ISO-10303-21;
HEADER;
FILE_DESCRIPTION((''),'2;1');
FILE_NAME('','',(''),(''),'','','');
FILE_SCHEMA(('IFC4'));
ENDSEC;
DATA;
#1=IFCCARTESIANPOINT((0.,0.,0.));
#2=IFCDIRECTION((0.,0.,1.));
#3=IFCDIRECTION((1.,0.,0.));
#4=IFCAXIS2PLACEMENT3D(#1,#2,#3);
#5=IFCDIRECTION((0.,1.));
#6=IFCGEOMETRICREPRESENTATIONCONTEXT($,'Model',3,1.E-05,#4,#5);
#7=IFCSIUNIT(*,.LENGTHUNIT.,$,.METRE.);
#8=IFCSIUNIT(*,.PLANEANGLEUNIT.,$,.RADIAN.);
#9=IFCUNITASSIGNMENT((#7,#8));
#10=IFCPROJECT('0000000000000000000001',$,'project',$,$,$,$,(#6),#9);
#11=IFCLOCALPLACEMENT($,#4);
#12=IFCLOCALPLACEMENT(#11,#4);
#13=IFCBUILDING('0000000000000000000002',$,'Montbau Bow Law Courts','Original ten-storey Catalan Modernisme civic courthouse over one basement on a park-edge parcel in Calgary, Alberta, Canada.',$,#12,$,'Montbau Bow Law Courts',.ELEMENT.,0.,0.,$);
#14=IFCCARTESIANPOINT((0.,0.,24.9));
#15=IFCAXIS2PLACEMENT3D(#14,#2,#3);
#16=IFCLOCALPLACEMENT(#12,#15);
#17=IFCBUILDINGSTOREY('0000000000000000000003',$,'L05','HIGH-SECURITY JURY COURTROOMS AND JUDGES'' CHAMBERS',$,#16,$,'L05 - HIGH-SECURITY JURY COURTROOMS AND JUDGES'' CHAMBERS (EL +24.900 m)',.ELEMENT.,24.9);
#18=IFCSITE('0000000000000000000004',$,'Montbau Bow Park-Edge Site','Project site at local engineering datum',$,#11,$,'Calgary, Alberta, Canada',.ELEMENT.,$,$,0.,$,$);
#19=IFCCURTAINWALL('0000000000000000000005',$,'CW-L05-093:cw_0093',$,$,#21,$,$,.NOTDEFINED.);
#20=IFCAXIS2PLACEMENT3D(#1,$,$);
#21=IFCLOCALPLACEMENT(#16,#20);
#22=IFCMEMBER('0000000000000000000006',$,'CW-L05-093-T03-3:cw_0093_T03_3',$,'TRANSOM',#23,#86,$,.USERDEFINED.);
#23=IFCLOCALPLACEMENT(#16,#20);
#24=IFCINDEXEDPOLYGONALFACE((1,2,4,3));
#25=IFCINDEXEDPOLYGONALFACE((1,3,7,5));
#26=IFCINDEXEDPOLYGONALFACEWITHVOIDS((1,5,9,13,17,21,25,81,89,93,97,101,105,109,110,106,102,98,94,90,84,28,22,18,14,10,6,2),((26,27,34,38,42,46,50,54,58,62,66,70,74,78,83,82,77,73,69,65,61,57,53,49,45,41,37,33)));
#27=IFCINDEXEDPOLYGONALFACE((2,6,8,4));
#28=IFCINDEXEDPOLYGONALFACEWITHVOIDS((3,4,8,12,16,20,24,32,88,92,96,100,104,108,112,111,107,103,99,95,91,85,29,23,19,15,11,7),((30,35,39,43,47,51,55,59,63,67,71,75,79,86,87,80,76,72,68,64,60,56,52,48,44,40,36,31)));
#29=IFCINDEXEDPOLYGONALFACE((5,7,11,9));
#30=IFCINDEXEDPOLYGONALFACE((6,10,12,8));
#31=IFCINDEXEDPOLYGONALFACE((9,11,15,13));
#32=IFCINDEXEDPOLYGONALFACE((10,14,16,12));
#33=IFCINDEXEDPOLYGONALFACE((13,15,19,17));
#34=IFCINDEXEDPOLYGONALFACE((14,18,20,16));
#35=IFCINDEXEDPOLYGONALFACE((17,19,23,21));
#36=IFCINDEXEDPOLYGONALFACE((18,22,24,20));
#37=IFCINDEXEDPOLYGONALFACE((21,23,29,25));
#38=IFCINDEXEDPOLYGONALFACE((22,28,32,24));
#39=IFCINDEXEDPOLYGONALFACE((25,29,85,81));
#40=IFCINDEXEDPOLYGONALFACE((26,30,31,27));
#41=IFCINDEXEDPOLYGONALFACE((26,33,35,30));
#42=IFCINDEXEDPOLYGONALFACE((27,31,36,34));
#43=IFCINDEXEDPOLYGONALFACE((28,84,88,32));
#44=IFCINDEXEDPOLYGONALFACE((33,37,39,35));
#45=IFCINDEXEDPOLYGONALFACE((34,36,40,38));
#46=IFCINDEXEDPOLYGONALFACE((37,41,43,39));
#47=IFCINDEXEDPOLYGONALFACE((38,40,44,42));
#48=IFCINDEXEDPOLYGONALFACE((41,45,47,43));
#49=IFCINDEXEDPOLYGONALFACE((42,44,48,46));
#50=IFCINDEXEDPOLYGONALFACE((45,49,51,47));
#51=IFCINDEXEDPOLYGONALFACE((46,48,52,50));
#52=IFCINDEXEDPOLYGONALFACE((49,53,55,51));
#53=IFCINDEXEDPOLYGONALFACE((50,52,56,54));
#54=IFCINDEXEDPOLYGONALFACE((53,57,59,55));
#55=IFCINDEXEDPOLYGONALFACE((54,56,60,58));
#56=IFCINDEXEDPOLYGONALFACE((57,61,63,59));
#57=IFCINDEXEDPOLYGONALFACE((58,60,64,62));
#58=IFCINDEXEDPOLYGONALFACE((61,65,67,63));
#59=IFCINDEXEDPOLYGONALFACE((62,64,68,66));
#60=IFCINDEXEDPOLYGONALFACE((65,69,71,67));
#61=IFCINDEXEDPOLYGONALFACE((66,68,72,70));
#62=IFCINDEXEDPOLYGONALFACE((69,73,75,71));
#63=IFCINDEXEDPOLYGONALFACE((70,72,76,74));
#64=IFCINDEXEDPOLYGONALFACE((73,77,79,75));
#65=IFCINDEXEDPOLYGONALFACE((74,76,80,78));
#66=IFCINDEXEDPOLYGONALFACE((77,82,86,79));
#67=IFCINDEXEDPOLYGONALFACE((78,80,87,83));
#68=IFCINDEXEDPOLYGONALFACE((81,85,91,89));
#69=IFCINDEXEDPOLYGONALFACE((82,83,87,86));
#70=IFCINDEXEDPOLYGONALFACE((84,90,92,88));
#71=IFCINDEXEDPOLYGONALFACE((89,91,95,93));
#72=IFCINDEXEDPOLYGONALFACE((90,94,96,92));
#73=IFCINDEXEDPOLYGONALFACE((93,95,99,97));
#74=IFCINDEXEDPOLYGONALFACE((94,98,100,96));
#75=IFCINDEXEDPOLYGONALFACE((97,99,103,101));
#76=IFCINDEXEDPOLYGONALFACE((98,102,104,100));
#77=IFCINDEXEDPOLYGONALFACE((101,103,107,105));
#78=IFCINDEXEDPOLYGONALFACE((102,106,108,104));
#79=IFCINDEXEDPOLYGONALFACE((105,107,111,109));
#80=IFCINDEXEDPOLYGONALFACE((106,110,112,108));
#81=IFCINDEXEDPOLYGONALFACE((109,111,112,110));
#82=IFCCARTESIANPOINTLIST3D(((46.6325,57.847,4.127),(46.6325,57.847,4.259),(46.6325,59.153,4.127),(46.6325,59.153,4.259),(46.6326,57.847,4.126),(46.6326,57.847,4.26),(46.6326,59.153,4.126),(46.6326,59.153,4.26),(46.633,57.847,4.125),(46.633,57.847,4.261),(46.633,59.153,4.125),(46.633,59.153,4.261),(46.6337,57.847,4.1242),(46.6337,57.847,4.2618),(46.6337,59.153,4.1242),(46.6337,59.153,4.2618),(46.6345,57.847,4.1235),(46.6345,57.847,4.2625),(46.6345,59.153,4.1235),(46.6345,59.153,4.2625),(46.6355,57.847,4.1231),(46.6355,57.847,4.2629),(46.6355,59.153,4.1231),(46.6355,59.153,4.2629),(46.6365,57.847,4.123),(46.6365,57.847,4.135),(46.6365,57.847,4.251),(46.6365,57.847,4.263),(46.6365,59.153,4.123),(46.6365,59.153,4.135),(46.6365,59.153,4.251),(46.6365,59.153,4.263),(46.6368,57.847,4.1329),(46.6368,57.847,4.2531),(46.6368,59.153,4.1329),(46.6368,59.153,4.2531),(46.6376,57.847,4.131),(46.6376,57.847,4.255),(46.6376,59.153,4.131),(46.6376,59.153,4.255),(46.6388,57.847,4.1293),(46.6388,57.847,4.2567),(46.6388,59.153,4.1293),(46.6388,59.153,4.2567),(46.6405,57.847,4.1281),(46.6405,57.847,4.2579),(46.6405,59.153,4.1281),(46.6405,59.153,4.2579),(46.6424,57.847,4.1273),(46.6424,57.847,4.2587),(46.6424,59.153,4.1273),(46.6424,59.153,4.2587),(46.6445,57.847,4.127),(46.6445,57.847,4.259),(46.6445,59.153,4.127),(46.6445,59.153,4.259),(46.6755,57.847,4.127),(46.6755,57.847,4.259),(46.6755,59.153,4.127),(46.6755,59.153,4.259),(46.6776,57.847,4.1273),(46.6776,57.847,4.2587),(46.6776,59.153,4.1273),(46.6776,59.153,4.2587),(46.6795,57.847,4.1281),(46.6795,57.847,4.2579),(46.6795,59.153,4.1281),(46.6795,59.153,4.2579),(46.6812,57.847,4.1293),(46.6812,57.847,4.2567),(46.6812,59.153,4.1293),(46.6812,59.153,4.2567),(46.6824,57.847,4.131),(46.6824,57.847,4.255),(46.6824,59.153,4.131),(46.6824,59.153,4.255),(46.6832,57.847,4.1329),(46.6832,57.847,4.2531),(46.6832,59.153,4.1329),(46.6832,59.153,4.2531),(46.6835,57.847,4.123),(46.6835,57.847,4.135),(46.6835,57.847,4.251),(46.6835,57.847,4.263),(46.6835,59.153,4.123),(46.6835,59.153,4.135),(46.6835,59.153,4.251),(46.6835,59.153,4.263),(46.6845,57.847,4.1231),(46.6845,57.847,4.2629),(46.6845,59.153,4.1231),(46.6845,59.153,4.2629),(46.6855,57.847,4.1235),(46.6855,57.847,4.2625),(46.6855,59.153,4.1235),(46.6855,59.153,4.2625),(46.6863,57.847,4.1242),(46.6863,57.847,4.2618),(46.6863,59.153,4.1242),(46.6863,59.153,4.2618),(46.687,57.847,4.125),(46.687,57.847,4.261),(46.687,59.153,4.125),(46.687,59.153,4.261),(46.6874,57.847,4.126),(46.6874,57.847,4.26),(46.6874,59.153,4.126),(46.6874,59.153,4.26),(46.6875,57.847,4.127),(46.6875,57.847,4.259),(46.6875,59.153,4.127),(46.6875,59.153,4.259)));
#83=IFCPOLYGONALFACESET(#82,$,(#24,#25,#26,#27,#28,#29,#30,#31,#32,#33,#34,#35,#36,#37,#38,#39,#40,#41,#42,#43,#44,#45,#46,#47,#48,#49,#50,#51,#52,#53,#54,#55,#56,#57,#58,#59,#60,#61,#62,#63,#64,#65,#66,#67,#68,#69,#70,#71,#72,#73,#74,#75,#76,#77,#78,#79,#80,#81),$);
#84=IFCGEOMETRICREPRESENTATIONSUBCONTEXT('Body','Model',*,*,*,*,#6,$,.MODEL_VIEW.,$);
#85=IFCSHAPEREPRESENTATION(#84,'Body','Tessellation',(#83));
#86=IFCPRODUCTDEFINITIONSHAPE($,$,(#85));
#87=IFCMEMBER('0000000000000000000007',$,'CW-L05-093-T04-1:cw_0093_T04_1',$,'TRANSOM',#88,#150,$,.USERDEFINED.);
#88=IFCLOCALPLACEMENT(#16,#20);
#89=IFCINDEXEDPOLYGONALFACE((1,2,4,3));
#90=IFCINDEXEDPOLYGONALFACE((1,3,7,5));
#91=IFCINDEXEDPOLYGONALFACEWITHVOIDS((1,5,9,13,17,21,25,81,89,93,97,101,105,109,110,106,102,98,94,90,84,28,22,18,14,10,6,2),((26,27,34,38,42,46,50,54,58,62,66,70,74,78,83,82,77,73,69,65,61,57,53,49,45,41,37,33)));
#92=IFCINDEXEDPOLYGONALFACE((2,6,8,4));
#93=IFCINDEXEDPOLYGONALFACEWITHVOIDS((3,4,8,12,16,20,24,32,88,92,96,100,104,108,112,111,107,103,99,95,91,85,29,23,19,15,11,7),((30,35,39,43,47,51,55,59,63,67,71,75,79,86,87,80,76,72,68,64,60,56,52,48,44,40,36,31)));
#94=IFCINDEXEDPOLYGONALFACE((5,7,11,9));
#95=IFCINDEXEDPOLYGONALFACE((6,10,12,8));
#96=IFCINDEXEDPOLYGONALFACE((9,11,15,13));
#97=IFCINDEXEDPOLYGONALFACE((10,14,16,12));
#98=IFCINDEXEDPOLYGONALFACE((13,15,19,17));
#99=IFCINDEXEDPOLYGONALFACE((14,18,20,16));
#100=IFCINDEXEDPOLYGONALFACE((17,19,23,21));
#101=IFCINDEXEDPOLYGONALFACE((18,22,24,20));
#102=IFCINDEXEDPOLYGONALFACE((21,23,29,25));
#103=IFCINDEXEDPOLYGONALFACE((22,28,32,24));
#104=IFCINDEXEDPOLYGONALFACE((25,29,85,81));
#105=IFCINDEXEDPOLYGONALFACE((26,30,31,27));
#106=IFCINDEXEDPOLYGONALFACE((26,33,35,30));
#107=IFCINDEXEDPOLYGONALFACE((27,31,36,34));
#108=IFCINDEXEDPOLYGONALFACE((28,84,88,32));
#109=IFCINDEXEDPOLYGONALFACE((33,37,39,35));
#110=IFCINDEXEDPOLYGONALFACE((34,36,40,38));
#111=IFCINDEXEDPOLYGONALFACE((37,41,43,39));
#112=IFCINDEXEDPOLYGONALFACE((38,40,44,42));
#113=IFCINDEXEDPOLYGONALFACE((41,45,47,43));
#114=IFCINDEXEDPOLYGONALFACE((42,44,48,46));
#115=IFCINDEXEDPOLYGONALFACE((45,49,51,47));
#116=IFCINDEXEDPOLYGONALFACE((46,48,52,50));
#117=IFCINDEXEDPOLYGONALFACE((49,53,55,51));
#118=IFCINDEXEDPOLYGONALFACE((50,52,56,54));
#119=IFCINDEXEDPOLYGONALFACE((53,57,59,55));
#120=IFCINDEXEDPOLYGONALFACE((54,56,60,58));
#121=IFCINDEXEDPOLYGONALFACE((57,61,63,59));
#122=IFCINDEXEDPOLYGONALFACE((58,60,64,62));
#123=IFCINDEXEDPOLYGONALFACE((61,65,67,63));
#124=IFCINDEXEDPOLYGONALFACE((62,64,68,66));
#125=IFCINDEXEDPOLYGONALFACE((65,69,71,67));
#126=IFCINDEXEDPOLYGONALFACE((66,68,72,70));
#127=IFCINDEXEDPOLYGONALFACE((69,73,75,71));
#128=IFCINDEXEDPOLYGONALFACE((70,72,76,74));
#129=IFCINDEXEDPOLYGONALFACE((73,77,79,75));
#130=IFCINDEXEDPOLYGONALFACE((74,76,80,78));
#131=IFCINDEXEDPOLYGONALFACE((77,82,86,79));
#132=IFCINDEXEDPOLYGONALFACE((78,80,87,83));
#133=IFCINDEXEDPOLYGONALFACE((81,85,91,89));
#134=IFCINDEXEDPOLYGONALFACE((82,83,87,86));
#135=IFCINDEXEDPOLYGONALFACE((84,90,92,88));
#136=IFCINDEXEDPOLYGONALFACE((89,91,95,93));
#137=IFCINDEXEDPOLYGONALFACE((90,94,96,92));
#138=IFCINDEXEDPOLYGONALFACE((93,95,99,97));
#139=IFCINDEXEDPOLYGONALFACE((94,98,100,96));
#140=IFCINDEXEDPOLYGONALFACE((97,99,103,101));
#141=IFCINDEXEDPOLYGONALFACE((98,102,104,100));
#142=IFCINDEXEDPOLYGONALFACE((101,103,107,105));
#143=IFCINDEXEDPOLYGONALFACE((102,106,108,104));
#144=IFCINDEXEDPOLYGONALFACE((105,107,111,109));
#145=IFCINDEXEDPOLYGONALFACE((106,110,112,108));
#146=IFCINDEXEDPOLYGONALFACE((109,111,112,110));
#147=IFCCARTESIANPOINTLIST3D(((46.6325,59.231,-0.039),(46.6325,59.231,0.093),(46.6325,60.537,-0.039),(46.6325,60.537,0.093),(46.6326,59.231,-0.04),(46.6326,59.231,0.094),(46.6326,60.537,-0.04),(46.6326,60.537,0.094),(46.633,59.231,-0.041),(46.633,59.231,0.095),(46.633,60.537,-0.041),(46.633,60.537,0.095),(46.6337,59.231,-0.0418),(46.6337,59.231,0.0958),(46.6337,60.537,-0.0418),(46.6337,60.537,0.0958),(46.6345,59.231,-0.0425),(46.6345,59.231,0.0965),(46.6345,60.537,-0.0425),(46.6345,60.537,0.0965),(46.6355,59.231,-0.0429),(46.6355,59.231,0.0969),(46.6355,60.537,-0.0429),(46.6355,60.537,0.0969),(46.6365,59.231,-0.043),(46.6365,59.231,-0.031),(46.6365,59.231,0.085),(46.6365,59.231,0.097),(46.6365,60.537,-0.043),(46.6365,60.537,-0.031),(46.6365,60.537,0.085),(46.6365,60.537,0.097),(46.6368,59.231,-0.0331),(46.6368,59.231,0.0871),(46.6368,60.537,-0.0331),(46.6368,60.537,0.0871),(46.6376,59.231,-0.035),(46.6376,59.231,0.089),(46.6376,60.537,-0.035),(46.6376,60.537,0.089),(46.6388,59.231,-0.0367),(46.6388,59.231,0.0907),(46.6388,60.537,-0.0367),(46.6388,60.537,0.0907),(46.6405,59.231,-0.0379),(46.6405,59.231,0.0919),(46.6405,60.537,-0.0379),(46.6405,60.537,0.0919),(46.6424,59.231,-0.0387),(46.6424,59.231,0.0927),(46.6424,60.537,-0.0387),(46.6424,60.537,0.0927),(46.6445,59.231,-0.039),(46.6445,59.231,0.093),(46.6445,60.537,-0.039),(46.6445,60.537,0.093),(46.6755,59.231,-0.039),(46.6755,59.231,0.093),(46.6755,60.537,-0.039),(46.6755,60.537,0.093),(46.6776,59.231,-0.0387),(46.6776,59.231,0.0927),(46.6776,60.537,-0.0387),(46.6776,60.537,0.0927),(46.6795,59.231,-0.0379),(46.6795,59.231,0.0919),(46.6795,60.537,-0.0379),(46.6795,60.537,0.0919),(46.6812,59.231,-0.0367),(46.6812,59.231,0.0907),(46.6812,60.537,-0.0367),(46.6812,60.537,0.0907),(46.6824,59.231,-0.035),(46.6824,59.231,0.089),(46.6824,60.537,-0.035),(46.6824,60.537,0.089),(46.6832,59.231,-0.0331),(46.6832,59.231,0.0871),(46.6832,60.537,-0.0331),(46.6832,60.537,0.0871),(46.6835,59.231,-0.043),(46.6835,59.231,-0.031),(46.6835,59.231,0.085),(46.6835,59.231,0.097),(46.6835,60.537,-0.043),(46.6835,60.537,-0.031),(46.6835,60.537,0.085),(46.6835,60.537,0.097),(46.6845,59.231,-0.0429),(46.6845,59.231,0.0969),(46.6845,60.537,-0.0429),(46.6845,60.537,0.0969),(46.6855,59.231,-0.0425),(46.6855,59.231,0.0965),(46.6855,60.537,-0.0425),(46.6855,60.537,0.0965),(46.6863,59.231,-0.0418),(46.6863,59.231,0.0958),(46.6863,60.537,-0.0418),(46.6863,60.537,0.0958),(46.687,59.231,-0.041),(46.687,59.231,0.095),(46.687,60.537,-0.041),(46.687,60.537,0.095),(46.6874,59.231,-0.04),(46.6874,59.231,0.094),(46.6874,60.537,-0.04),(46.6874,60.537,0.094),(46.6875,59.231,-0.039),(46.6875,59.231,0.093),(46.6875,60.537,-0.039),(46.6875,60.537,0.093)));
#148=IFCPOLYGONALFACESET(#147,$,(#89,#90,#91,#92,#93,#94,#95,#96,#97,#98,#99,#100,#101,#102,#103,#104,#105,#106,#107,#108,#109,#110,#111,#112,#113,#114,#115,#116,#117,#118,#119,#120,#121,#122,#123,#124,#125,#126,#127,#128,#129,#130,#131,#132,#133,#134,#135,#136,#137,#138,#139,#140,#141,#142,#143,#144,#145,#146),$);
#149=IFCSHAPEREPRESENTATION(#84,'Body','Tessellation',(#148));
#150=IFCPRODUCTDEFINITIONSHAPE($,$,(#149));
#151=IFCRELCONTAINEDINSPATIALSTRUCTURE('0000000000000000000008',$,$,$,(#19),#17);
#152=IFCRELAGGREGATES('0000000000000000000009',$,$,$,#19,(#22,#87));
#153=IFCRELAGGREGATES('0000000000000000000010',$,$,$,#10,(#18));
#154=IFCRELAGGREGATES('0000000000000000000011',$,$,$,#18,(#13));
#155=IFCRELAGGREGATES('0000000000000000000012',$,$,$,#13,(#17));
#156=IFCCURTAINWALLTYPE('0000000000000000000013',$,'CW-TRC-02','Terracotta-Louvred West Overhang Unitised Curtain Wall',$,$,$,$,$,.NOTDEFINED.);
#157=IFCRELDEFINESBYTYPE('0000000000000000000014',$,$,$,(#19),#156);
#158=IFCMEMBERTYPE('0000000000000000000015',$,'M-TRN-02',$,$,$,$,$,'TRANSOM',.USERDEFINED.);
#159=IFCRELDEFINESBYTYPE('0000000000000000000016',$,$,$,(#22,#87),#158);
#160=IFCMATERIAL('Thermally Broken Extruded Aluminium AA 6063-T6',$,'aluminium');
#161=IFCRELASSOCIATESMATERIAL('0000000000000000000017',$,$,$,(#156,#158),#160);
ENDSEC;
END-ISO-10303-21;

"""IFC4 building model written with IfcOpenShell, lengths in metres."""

from ifc_helpers import new_model, si_unit, direction, frame, origin_with_axes, origin_2d_with_axis, place, context, subcontext, project, spatial, hollow_rectangle, extrude, material, material_profile, profile_set, type_object, element, aggregate, save


model = new_model("IFC4")

# Units and contexts
model_context = context("Model", 3, precision=1e-05, world=origin_with_axes(), true_north=direction((0.0, 1.0)))
body_context = subcontext(model_context, "Body", "Model", "MODEL_VIEW")
ifc_project = project(units=[si_unit("LENGTHUNIT", "METRE"), si_unit("PLANEANGLEUNIT", "RADIAN")], contexts=[model_context])

# Site, building, storey
site_placement = place(None, origin_with_axes())
site = spatial("IfcSite", under=ifc_project, at=site_placement, Name="Montbau Bow Park-Edge Site", Description="Project site at local engineering datum", LongName="Calgary, Alberta, Canada", CompositionType="ELEMENT", RefElevation=0.0)
building_placement = place(site_placement, origin_with_axes())
building = spatial("IfcBuilding", under=site, at=building_placement, Name="Montbau Bow Law Courts", Description="Original ten-storey Catalan Modernisme civic courthouse over one basement on a park-edge parcel in Calgary, Alberta, Canada.", LongName="Montbau Bow Law Courts", CompositionType="ELEMENT", ElevationOfRefHeight=0.0, ElevationOfTerrain=0.0)
storey_placement = place(building_placement, frame((0.0, 0.0, 24.9), z_axis=(0.0, 0.0, 1.0), x_axis=(1.0, 0.0, 0.0)))
storey = spatial("IfcBuildingStorey", under=building, at=storey_placement, Name="L05", Description="HIGH-SECURITY JURY COURTROOMS AND JUDGES' CHAMBERS", LongName="L05 - HIGH-SECURITY JURY COURTROOMS AND JUDGES' CHAMBERS (EL +24.900 m)", CompositionType="ELEMENT", Elevation=24.9)

# Curtain wall, members
ifc_material_1 = material(Name="Thermally Broken Extruded Aluminium AA 6063-T6", Category="aluminium")
curtain_wall_type = type_object("IfcCurtainWallType", Name="CW-TRC-02", Description="Terracotta-Louvred West Overhang Unitised Curtain Wall", PredefinedType="NOTDEFINED", material=ifc_material_1)
curtain_wall_placement = place(None, frame((46.66, 55.04, 24.9), z_axis=(0.0, 0.0, 1.0), x_axis=(1.0, 0.0, 0.0)))
curtain_wall = element("IfcCurtainWall", 1, at=curtain_wall_placement, inside=storey, type_object=curtain_wall_type, Name="CW-L05-093:cw_0093", PredefinedType="NOTDEFINED")
ifc_material_profile_1 = material_profile(ifc_material_1, hollow_rectangle(XDim=0.055, YDim=0.14, WallThickness=0.004, InnerFilletRadius=0.008, OuterFilletRadius=0.004, at=origin_2d_with_axis()), Name="CWT-140X55", Category="Main", Priority=0)
ifc_profile_set_1 = profile_set([ifc_material_profile_1], Name="Thermally Broken Extruded Aluminium AA 6063-T6")
member_type_1 = type_object("IfcMemberType", Name="M-TRN-02", ElementType="TRANSOM", PredefinedType="USERDEFINED", material=ifc_profile_set_1)
member_1_placement = place(None, frame((46.66, 57.847, 29.093), z_axis=(0.0, 1.0, 0.0), x_axis=(-1.0, 0.0, 0.0)))
member_1 = element("IfcMember", 2, at=member_1_placement, type_object=member_type_1, Name="CW-L05-093-T03-3:cw_0093_T03_3", ObjectType="TRANSOM", PredefinedType="USERDEFINED", context=body_context, shape_type="SweptSolid", body=[
    extrude(hollow_rectangle(XDim=0.055, YDim=0.14, WallThickness=0.004, InnerFilletRadius=0.008, OuterFilletRadius=0.004, at=origin_2d_with_axis()), origin_with_axes(), (0.0, 0.0, 1.0), 1.306),
])
member_2_placement = place(None, frame((46.66, 59.231, 24.927), z_axis=(0.0, 1.0, 0.0), x_axis=(-1.0, 0.0, 0.0)))
member_2 = element("IfcMember", 3, at=member_2_placement, type_object=member_type_1, Name="CW-L05-093-T04-1:cw_0093_T04_1", ObjectType="TRANSOM", PredefinedType="USERDEFINED", context=body_context, shape_type="SweptSolid", body=[
    extrude(hollow_rectangle(XDim=0.055, YDim=0.14, WallThickness=0.004, InnerFilletRadius=0.008, OuterFilletRadius=0.004, at=origin_2d_with_axis()), origin_with_axes(), (0.0, 0.0, 1.0), 1.306),
])
aggregate(curtain_wall, [member_1, member_2])

save(model, "model.ifc")
